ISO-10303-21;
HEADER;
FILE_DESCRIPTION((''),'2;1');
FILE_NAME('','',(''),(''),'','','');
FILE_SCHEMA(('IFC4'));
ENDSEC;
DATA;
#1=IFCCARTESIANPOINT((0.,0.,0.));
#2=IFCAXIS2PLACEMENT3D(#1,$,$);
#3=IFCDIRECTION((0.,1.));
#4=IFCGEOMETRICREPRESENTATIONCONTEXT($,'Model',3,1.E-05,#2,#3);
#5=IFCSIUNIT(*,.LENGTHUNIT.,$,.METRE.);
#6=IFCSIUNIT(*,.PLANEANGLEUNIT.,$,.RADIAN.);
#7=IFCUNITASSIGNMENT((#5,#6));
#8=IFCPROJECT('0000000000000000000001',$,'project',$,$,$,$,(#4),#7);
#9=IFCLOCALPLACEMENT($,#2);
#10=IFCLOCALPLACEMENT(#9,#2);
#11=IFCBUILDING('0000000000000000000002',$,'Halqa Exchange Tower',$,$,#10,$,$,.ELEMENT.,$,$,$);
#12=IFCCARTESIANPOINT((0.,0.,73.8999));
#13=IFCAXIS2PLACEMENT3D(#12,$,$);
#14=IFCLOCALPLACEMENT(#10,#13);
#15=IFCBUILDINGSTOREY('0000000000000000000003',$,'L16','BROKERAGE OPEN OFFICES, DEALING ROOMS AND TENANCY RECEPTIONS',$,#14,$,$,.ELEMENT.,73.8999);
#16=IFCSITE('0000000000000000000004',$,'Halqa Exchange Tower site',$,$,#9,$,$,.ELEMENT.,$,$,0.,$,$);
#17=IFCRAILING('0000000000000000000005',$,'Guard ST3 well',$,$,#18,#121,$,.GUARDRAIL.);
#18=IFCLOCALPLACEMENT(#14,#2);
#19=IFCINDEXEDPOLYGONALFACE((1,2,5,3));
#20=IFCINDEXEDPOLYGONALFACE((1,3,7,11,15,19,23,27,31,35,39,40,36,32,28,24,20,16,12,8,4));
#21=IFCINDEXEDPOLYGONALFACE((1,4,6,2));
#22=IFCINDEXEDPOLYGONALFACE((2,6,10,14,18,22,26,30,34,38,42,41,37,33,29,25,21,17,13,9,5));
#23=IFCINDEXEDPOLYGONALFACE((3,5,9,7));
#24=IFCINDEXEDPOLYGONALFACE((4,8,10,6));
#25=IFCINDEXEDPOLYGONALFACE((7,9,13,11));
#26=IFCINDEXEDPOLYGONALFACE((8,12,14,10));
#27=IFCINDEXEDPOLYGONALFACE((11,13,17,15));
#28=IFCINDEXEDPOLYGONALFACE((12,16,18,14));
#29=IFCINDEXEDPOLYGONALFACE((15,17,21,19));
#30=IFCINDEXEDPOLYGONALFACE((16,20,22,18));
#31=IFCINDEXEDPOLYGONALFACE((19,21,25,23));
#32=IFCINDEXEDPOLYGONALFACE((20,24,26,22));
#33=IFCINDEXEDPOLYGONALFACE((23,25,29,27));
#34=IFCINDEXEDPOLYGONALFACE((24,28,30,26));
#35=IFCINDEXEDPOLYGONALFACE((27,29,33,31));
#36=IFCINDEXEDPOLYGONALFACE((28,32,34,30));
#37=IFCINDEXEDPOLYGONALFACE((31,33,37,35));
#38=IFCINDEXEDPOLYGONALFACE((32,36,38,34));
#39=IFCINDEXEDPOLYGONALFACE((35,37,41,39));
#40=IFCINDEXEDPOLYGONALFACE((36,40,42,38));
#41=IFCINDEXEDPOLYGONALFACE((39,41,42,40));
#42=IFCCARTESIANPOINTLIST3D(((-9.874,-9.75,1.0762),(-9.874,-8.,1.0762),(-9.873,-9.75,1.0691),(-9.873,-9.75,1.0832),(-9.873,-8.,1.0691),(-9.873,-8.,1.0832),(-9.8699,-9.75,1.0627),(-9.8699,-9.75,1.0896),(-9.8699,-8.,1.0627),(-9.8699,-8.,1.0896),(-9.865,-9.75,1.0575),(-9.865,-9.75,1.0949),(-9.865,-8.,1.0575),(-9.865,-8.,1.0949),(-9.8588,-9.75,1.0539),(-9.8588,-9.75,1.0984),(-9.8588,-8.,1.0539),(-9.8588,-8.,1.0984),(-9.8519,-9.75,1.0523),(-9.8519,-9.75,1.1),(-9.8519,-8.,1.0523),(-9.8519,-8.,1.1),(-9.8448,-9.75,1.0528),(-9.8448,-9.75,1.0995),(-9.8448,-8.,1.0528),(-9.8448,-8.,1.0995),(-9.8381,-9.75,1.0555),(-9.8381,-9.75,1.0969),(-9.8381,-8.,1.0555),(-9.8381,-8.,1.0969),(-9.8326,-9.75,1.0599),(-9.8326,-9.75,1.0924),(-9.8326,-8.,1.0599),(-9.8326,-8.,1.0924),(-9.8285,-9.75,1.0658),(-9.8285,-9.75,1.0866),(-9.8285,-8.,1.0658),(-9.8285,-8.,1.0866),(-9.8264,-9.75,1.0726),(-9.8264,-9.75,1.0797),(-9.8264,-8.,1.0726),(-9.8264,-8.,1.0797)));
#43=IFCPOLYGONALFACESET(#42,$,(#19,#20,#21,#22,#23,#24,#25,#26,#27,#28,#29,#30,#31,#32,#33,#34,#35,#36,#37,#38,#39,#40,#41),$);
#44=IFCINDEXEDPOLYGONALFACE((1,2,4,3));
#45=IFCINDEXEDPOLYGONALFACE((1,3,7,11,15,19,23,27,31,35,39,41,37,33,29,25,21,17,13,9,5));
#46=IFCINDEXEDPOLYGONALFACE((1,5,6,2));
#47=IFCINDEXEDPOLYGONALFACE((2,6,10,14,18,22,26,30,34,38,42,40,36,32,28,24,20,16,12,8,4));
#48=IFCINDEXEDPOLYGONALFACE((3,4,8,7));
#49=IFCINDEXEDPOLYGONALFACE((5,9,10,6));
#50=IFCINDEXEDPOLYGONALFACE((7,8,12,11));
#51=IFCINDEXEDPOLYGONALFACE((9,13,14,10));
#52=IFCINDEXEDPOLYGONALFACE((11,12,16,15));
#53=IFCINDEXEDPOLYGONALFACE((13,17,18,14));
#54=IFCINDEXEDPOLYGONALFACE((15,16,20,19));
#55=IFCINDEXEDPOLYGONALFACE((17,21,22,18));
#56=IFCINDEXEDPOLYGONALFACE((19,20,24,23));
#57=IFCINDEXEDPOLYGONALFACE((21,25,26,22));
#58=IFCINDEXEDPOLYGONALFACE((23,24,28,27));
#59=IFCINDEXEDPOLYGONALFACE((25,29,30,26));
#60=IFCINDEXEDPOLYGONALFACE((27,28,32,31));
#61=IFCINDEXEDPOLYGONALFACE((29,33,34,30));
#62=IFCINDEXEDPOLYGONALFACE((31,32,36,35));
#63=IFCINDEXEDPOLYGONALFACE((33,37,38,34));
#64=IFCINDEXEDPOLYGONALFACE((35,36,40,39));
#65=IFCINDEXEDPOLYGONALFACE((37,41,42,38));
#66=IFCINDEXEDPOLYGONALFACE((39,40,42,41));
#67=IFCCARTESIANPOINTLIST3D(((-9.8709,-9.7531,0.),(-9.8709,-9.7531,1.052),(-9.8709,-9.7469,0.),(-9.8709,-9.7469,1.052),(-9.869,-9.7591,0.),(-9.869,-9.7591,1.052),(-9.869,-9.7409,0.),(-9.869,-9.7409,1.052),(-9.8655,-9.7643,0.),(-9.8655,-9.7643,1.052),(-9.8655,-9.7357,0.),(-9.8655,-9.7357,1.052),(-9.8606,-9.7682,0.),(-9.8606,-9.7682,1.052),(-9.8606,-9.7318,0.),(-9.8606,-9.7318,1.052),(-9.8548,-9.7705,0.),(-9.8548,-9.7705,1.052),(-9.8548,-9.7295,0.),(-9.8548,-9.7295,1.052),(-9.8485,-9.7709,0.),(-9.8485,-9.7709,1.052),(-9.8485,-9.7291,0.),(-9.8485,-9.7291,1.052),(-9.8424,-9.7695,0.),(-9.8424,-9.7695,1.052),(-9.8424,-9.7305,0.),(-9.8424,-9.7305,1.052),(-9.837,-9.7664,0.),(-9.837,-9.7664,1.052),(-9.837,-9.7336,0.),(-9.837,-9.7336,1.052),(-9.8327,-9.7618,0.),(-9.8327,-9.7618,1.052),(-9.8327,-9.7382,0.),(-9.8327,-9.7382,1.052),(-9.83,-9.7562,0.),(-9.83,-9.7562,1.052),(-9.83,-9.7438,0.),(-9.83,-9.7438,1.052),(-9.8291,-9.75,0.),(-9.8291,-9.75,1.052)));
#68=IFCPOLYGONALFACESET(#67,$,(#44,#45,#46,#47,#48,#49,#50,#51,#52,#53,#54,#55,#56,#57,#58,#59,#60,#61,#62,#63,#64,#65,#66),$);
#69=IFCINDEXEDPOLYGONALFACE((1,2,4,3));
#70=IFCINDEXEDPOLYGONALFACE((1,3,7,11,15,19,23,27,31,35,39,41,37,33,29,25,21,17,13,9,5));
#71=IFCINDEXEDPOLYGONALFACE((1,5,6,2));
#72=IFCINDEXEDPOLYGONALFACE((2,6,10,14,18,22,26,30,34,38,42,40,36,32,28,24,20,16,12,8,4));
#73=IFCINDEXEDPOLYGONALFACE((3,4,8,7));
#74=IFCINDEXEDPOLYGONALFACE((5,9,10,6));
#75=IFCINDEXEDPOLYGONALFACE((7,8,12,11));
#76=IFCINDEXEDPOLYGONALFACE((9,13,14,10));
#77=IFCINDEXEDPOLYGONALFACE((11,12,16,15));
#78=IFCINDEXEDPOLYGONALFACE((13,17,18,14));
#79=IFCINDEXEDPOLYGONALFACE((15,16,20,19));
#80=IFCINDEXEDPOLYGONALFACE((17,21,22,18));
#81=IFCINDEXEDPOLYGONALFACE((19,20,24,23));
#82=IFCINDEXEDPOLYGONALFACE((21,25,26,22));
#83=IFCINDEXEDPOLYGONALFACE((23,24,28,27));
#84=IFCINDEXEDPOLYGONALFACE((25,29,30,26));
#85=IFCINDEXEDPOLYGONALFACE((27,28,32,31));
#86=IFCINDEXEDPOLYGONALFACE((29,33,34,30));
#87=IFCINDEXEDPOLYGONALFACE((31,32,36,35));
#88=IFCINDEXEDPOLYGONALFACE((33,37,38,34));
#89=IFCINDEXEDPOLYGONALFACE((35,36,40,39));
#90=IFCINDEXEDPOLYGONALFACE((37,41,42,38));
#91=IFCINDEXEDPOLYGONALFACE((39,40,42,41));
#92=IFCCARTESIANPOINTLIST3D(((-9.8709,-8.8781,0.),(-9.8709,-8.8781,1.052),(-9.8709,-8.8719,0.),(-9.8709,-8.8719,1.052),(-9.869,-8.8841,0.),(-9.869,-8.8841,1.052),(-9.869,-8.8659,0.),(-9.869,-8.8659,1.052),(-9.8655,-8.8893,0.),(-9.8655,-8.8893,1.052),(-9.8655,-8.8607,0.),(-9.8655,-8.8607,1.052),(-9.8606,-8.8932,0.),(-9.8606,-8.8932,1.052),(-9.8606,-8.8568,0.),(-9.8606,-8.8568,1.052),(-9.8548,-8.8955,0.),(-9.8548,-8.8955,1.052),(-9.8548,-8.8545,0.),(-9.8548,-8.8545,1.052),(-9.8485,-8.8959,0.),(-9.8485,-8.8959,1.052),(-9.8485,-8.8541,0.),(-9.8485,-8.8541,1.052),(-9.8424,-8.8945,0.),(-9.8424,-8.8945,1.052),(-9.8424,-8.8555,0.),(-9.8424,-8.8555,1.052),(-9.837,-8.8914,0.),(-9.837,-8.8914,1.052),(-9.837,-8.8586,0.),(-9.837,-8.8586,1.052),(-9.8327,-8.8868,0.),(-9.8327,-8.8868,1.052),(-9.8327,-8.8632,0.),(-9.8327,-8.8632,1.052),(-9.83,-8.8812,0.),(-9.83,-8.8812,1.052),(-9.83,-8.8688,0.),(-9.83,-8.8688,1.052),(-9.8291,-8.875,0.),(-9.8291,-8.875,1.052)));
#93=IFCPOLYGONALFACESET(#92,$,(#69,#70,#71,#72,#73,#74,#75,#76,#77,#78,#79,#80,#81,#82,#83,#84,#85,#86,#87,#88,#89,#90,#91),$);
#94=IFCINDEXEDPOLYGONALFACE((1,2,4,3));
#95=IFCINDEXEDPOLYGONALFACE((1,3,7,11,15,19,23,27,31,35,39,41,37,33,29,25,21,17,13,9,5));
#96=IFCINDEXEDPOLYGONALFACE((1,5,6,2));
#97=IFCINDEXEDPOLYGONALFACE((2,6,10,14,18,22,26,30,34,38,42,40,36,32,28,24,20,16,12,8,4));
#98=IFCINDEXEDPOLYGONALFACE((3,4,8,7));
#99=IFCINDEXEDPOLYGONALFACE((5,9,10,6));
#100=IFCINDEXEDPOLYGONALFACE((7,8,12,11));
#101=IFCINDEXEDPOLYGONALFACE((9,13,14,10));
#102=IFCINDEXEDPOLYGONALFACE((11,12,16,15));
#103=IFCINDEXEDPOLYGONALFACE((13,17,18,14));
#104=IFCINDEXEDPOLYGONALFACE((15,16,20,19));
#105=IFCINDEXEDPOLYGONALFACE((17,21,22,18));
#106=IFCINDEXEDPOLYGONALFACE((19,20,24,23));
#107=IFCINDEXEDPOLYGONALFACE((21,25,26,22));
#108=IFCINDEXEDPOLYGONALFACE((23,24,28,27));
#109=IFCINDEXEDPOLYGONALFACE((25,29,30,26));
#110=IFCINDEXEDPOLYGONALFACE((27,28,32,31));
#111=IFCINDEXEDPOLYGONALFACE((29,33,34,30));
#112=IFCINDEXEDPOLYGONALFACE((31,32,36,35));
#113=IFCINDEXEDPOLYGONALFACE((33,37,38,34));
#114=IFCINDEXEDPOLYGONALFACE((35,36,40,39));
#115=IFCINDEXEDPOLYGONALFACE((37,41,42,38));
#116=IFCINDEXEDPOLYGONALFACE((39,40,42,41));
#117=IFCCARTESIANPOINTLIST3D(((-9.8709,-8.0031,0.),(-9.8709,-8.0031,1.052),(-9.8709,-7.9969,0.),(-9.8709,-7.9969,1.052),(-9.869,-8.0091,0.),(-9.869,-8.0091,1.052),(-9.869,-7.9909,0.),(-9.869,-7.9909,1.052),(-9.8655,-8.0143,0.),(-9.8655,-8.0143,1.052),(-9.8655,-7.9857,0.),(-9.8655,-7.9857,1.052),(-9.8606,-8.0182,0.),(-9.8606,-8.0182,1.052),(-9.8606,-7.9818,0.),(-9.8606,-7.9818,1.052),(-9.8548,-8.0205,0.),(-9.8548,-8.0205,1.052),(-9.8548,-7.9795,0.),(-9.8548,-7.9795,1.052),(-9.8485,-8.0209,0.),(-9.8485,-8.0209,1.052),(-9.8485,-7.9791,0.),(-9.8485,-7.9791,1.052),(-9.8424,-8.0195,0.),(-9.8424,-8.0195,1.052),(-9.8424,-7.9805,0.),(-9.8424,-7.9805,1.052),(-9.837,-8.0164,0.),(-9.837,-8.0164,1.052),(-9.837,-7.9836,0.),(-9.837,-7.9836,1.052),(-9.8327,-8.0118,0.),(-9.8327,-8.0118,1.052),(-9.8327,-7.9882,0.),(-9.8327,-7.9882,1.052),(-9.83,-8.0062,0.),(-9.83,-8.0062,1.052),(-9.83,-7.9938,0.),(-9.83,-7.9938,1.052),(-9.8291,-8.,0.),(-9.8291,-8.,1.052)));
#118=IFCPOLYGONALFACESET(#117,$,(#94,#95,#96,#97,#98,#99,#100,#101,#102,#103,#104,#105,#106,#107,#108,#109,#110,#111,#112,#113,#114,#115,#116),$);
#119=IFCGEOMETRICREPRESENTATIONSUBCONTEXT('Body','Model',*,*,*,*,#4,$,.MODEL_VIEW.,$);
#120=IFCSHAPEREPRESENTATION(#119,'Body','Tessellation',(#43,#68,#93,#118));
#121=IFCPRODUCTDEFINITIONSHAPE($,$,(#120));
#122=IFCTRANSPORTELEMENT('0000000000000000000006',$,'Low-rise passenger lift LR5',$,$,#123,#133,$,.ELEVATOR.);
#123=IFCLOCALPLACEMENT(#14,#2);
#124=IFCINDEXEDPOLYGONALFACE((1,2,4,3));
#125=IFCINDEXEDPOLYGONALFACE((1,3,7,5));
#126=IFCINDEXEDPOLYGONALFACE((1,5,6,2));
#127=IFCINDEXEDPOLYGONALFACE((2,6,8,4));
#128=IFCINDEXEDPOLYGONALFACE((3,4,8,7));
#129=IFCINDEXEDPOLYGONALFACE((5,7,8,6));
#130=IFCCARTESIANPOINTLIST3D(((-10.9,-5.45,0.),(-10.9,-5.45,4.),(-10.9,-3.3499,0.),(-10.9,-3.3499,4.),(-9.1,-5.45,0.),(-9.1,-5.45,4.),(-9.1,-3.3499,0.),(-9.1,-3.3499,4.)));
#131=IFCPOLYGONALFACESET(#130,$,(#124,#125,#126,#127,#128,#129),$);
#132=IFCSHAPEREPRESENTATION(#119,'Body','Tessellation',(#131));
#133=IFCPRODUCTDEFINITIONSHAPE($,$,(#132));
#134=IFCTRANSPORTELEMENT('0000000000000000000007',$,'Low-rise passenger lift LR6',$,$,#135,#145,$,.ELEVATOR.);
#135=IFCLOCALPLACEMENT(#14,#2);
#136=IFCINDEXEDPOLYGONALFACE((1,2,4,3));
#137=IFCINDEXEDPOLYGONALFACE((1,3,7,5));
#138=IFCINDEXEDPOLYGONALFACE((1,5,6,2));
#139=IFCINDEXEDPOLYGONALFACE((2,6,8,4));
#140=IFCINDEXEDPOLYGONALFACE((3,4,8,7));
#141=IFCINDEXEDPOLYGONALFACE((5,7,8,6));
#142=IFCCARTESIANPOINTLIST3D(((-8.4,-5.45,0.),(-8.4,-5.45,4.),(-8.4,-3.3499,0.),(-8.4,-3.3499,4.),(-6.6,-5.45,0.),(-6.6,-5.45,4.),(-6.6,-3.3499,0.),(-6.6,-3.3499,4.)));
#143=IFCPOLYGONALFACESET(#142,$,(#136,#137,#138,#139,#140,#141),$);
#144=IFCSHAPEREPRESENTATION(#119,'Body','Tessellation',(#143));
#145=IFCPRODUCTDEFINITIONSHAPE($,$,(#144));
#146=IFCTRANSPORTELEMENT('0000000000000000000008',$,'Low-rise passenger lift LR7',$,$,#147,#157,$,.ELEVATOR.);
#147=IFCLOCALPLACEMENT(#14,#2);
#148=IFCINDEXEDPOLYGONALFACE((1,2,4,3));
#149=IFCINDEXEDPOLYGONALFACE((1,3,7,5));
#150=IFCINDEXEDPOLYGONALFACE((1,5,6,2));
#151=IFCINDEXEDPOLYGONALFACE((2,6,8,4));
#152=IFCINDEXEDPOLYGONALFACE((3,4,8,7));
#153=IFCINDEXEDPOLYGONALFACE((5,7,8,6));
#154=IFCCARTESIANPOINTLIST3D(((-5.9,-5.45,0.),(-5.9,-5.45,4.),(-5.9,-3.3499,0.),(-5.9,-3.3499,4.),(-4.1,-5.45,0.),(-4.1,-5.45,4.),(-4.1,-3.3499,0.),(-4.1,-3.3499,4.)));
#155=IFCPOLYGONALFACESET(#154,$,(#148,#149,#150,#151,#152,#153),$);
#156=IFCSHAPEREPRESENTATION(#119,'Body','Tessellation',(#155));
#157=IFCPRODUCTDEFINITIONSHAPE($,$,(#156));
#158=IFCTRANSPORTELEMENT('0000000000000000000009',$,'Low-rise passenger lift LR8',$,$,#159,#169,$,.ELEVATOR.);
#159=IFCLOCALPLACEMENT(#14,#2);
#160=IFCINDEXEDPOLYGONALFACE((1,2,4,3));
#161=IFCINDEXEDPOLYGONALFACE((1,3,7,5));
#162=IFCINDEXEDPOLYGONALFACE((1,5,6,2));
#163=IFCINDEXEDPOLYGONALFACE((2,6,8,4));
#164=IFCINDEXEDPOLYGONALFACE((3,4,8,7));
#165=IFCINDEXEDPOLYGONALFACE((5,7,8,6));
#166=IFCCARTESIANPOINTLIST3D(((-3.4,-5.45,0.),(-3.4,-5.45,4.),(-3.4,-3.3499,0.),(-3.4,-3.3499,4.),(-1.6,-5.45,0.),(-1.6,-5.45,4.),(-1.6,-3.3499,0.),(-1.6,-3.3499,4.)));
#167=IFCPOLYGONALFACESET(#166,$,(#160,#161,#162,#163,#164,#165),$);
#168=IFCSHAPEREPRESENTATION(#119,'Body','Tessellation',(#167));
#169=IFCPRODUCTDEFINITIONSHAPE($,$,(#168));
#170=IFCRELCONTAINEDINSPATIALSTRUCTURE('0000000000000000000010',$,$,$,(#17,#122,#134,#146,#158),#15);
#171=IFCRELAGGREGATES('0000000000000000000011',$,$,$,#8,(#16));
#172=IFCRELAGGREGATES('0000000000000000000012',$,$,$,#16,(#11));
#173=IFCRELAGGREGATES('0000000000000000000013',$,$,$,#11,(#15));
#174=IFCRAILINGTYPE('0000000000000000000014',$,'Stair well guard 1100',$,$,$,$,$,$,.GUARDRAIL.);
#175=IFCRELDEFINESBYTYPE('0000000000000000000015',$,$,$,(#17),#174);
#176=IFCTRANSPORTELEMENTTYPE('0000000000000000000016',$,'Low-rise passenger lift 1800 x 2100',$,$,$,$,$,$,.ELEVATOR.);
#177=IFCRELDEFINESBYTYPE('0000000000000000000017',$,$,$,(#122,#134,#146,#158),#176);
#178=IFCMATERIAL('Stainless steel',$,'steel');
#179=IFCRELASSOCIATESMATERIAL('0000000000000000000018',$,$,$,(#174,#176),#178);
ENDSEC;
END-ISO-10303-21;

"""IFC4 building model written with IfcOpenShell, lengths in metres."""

from ifc_helpers import new_model, si_unit, direction, frame, origin, origin_2d, place, context, subcontext, project, spatial, rectangle, circle, extrude, material, type_object, element, save


model = new_model("IFC4")

# Units and contexts
model_context = context("Model", 3, precision=1e-05, world=origin(), true_north=direction((0.0, 1.0)))
body_context = subcontext(model_context, "Body", "Model", "MODEL_VIEW")
ifc_project = project(units=[si_unit("LENGTHUNIT", "METRE"), si_unit("PLANEANGLEUNIT", "RADIAN")], contexts=[model_context])

# Site, building, storey
site_placement = place(None, origin())
site = spatial("IfcSite", under=ifc_project, at=site_placement, Name="Halqa Exchange Tower site", CompositionType="ELEMENT", RefElevation=0.0)
building_placement = place(site_placement, origin())
building = spatial("IfcBuilding", under=site, at=building_placement, Name="Halqa Exchange Tower", CompositionType="ELEMENT")
storey_placement = place(building_placement, frame((0.0, 0.0, 73.8999)))
storey = spatial("IfcBuildingStorey", under=building, at=storey_placement, Name="L16", Description="BROKERAGE OPEN OFFICES, DEALING ROOMS AND TENANCY RECEPTIONS", CompositionType="ELEMENT", Elevation=73.8999)

# Shared definitions
ifc_material_1 = material(Name="Stainless steel", Category="steel")

# Railing
railing_type_1 = type_object("IfcRailingType", Name="Stair well guard 1100", PredefinedType="GUARDRAIL", material=ifc_material_1)
railing_1_placement = place(storey_placement, frame((-9.8501, -9.75, 0.0)))
element("IfcRailing", 1, at=railing_1_placement, inside=storey, type_object=railing_type_1, Name="Guard ST3 well", PredefinedType="GUARDRAIL", context=body_context, shape_type="SweptSolid", body=[
    extrude(circle(Radius=0.0239, at=origin_2d()), frame((0.0, 0.0, 1.0762), z_axis=(0.0, 1.0, 0.0), x_axis=(-1.0, 0.0, 0.0)), (0.0, 0.0, 1.0), 1.75),
    extrude(circle(Radius=0.021, at=origin_2d()), origin(), (0.0, 0.0, 1.0), 1.052),
    extrude(circle(Radius=0.021, at=origin_2d()), frame((0.0, 0.875, 0.0)), (0.0, 0.0, 1.0), 1.052),
    extrude(circle(Radius=0.021, at=origin_2d()), frame((0.0, 1.75, 0.0)), (0.0, 0.0, 1.0), 1.052),
])

# Transport elements
transport_element_type = type_object("IfcTransportElementType", Name="Low-rise passenger lift 1800 x 2100", PredefinedType="ELEVATOR", material=ifc_material_1)
for number, where, z_axis, x_axis, name in (
    (2, (-10.0, -4.3999, 0.0), (0.0, 0.0, 1.0), (1.0, 0.0, 0.0), "Low-rise passenger lift LR5"),
    (3, (-7.5, -4.3999, 0.0), (0.0, 0.0, 1.0), (1.0, 0.0, 0.0), "Low-rise passenger lift LR6"),
    (4, (-5.0, -4.3999, 0.0), (0.0, 0.0, 1.0), (1.0, 0.0, 0.0), "Low-rise passenger lift LR7"),
    (5, (-2.5, -4.3999, 0.0), (0.0, 0.0, 1.0), (1.0, 0.0, 0.0), "Low-rise passenger lift LR8"),
):
    element("IfcTransportElement", number, at=place(storey_placement, frame(where, z_axis=z_axis, x_axis=x_axis)), inside=storey, type_object=transport_element_type, Name=name, PredefinedType="ELEVATOR", context=body_context, shape_type="SweptSolid", body=[
        extrude(rectangle(XDim=1.8, YDim=2.1001, at=origin_2d()), origin(), (0.0, 0.0, 1.0), 4.0),
    ])

save(model, "model.ifc")
